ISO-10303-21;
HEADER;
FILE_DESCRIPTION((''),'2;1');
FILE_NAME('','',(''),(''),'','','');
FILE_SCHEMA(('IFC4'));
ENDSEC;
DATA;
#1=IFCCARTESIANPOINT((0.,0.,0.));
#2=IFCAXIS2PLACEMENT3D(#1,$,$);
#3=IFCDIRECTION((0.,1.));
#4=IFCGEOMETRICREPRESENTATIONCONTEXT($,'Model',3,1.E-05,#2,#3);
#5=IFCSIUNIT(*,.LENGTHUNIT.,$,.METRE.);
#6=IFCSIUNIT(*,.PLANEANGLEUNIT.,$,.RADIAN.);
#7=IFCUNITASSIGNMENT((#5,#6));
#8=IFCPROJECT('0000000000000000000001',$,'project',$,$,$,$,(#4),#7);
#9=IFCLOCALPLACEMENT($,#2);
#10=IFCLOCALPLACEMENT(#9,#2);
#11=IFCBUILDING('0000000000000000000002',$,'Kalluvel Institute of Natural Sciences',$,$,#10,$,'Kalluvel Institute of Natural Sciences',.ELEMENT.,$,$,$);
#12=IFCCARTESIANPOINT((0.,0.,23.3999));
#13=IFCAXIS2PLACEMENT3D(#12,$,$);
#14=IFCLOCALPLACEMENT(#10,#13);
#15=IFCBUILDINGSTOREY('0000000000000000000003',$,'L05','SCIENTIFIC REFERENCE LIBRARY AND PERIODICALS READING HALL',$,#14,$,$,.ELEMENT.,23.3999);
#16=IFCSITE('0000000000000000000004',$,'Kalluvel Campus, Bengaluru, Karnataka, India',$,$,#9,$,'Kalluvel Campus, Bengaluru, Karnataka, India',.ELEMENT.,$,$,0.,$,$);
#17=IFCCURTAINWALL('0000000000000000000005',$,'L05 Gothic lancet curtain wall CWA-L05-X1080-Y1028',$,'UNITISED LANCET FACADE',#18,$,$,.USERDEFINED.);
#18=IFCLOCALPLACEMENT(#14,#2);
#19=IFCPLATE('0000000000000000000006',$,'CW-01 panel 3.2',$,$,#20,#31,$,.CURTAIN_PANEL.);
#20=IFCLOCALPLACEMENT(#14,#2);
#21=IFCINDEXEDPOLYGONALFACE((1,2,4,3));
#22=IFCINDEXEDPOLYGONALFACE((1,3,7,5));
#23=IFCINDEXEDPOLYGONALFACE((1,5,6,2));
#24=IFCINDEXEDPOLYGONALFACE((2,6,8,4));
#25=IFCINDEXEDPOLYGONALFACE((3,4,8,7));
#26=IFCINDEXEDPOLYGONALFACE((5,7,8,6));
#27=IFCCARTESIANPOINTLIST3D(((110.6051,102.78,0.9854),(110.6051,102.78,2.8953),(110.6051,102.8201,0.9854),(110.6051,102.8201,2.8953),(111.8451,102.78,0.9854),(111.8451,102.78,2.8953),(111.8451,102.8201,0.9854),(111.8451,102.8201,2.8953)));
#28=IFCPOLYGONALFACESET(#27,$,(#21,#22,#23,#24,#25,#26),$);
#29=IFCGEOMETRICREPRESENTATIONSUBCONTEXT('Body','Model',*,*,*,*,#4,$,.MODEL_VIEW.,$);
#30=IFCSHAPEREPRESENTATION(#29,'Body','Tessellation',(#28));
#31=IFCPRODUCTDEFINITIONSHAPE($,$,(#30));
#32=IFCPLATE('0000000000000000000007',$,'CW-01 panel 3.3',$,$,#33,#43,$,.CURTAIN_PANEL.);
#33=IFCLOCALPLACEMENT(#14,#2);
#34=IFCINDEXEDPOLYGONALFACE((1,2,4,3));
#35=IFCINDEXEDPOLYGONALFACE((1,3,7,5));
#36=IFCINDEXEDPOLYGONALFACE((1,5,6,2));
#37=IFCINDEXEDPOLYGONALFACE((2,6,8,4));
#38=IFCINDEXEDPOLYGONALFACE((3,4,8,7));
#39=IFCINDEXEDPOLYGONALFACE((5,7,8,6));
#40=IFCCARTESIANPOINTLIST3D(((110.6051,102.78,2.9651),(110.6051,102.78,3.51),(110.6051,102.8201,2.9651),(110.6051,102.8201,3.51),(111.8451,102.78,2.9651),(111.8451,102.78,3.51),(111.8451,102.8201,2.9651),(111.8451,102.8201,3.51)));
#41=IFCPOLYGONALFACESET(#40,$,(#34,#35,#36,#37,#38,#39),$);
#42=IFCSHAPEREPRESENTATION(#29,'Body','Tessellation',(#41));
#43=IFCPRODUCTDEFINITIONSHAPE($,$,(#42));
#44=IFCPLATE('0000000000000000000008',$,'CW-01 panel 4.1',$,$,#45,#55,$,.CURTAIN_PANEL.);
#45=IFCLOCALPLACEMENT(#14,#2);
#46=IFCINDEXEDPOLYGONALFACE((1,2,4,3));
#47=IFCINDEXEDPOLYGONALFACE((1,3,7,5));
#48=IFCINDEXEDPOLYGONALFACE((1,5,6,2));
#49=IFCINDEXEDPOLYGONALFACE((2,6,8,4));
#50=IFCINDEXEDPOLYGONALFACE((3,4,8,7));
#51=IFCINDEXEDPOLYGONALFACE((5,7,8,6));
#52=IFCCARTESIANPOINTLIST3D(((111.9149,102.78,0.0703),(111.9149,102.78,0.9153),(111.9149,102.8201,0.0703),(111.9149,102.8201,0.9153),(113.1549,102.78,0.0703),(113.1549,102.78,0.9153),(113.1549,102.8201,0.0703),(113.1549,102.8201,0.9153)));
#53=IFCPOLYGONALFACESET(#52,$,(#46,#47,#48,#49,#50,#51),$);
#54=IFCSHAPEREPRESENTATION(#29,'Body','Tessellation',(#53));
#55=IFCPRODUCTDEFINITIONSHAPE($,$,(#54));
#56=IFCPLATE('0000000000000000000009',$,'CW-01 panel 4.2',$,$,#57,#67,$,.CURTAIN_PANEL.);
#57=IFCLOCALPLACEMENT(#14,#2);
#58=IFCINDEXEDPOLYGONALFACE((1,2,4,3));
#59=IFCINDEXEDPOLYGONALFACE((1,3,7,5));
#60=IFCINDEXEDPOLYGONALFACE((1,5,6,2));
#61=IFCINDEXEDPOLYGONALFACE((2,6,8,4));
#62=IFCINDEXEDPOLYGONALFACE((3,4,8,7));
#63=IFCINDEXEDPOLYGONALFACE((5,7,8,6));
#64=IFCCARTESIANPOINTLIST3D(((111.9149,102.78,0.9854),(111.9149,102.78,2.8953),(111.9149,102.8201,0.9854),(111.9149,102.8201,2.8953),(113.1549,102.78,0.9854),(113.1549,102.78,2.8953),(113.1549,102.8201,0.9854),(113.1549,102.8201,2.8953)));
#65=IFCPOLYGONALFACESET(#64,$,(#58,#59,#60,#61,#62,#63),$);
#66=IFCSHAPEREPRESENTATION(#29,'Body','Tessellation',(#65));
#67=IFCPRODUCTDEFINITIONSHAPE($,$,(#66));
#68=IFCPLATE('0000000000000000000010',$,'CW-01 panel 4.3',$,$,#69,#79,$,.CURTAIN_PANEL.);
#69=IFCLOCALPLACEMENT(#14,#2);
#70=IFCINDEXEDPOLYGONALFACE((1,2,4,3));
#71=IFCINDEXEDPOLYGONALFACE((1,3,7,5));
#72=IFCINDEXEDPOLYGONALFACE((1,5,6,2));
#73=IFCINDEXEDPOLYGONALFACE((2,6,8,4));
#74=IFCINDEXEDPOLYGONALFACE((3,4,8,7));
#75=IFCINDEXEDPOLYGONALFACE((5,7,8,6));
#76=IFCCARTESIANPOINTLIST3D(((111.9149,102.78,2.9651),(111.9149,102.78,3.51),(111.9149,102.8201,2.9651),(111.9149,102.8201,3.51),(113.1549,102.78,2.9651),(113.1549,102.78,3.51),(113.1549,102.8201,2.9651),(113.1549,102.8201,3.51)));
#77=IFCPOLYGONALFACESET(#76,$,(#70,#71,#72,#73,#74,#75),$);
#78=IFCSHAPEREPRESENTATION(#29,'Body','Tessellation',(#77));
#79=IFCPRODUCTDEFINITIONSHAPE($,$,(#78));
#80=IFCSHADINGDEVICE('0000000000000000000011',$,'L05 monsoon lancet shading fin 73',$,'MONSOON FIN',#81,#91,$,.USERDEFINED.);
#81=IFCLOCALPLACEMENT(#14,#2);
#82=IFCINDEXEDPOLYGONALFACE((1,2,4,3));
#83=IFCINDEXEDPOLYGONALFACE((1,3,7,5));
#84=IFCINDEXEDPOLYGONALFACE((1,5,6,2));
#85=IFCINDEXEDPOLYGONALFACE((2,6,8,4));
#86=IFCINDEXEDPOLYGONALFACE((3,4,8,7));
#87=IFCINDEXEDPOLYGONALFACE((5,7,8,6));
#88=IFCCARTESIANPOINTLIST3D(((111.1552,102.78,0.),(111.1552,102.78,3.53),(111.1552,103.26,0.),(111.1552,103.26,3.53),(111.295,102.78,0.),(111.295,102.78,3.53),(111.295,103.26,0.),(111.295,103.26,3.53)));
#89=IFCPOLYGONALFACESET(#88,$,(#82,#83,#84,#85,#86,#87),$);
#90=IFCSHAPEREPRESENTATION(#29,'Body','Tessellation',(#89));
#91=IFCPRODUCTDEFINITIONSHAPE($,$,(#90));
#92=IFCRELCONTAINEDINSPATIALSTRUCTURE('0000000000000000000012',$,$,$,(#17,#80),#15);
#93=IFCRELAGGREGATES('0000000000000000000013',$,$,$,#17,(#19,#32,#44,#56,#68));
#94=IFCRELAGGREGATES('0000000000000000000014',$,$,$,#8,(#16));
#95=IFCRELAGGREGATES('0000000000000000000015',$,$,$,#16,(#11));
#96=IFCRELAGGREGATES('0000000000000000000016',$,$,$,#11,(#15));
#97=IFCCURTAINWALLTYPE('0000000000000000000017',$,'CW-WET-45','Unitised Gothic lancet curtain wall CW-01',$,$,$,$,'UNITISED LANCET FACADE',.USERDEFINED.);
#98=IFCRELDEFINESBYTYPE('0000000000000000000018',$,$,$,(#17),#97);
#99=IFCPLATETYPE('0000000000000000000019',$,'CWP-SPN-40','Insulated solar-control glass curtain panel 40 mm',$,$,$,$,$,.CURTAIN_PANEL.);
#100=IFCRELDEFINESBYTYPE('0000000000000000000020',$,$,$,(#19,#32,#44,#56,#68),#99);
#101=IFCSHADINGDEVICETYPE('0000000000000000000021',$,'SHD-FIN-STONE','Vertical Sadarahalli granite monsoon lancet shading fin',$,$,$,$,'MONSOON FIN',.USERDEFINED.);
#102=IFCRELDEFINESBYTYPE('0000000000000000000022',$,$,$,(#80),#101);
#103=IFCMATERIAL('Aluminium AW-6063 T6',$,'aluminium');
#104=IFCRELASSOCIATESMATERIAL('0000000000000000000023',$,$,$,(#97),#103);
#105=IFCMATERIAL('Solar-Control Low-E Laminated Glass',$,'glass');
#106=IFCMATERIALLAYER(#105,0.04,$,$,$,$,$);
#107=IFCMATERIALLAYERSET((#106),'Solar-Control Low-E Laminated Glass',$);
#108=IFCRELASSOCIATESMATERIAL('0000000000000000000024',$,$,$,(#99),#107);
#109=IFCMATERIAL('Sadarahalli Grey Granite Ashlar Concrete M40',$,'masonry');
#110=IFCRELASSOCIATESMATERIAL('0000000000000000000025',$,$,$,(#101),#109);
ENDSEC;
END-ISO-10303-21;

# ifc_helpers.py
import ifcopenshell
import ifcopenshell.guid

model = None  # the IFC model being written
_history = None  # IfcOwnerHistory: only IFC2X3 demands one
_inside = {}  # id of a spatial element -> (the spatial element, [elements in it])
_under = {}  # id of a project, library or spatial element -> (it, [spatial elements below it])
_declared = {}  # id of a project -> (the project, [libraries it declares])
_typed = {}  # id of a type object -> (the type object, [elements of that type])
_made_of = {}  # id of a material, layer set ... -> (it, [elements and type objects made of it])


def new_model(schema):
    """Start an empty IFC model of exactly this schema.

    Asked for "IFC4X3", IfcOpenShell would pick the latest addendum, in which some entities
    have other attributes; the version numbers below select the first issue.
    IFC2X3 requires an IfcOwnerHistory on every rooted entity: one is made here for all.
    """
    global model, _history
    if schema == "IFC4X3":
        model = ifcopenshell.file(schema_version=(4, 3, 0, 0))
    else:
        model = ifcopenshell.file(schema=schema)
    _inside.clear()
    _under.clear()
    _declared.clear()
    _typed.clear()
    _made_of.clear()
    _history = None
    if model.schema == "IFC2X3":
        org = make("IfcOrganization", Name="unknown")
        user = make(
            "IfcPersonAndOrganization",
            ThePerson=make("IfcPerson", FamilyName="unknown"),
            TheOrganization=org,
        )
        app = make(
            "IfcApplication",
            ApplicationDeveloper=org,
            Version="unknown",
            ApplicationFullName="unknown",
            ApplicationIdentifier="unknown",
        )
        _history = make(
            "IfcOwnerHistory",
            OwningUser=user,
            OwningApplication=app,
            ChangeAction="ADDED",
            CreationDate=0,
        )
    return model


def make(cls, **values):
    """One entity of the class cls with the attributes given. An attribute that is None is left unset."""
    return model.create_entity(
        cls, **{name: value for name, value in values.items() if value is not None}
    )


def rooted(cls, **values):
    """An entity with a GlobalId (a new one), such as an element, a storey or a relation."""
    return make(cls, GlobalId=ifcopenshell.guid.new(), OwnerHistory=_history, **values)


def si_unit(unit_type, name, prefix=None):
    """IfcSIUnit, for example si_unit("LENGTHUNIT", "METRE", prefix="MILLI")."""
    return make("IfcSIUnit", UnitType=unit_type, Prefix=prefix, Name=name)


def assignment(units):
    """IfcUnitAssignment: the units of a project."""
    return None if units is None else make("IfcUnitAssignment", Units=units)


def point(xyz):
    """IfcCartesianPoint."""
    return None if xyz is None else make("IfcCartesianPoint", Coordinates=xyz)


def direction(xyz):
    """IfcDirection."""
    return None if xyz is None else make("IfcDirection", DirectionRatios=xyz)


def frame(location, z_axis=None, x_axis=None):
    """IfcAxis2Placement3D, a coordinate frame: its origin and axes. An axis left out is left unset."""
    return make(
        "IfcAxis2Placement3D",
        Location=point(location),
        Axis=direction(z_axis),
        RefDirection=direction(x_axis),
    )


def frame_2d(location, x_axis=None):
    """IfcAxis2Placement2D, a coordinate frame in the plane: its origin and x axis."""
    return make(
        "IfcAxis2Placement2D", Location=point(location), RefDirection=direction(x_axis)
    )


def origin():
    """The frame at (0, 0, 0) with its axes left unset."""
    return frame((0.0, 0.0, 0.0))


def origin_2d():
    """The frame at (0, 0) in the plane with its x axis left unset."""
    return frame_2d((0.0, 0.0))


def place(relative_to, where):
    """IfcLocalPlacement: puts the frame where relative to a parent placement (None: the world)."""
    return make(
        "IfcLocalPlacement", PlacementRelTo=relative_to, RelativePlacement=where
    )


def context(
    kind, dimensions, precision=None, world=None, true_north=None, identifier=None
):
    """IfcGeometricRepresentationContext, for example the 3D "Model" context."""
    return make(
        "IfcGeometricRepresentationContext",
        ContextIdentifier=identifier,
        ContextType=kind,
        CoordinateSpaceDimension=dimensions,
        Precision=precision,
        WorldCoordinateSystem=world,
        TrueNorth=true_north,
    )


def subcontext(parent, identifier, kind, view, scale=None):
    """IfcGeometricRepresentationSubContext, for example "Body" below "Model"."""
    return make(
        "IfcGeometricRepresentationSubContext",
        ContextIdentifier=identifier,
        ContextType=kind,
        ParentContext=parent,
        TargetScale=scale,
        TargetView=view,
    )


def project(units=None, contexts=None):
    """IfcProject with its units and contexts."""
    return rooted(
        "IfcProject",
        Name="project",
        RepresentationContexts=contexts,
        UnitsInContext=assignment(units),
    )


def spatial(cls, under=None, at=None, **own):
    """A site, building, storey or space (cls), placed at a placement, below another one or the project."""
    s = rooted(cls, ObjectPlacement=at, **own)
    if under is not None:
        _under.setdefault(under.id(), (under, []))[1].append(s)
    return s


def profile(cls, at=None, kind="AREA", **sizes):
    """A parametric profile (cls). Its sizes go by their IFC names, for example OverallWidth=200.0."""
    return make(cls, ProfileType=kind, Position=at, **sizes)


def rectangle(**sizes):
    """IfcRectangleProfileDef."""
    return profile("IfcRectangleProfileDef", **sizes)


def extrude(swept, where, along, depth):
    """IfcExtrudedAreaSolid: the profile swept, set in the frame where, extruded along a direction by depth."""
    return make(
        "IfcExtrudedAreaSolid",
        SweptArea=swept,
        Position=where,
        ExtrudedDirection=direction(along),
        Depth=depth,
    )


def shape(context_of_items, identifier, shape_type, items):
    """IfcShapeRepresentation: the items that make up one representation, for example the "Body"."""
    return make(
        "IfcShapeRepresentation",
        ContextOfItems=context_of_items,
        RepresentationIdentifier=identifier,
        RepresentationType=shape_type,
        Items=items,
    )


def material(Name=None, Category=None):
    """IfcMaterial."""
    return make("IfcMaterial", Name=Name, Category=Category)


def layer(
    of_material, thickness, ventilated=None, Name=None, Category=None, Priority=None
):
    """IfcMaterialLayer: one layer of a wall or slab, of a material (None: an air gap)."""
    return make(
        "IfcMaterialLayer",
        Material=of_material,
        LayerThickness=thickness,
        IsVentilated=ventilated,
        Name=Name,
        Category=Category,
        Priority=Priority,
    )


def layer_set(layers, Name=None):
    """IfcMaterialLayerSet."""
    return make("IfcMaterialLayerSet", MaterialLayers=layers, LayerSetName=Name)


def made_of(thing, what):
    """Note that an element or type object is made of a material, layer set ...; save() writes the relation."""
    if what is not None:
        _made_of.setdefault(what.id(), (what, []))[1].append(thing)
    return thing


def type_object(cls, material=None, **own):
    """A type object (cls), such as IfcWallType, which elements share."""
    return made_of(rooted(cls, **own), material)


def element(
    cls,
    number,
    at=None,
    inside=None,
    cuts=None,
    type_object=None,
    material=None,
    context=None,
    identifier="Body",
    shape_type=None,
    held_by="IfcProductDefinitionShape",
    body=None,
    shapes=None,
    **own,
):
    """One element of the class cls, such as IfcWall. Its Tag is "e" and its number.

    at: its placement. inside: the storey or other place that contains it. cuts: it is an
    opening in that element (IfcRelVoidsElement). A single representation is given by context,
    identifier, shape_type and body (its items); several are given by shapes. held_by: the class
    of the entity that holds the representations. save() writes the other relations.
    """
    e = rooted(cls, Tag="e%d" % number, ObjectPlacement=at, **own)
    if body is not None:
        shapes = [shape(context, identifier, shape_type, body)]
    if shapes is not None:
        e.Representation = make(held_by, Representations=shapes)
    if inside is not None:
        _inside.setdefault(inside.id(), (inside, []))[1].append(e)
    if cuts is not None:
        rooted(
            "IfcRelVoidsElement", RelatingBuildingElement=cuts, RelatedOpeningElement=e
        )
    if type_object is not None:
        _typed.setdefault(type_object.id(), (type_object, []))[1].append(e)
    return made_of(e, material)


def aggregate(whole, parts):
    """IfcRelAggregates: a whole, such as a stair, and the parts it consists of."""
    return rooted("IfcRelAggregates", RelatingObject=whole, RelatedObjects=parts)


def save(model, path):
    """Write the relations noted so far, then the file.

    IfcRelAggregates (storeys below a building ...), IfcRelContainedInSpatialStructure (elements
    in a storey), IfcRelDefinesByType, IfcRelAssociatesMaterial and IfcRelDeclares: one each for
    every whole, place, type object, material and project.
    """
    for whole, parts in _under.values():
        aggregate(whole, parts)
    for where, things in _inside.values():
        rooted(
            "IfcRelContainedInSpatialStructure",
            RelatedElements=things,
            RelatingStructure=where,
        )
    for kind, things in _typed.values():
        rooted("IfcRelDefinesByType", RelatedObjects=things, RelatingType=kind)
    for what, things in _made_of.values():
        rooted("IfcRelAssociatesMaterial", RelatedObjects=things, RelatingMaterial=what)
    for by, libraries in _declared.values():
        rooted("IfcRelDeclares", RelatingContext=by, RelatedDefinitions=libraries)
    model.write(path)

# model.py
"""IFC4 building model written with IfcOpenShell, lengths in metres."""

from ifc_helpers import new_model, si_unit, direction, frame, origin, origin_2d, place, context, subcontext, project, spatial, rectangle, extrude, material, layer, layer_set, type_object, element, aggregate, save


model = new_model("IFC4")

# Units and contexts
model_context = context("Model", 3, precision=1e-05, world=origin(), true_north=direction((0.0, 1.0)))
body_context = subcontext(model_context, "Body", "Model", "MODEL_VIEW")
ifc_project = project(units=[si_unit("LENGTHUNIT", "METRE"), si_unit("PLANEANGLEUNIT", "RADIAN")], contexts=[model_context])

# Site, building, storey
site_placement = place(None, origin())
site = spatial("IfcSite", under=ifc_project, at=site_placement, Name="Kalluvel Campus, Bengaluru, Karnataka, India", LongName="Kalluvel Campus, Bengaluru, Karnataka, India", CompositionType="ELEMENT", RefElevation=0.0)
building_placement = place(site_placement, origin())
building = spatial("IfcBuilding", under=site, at=building_placement, Name="Kalluvel Institute of Natural Sciences", LongName="Kalluvel Institute of Natural Sciences", CompositionType="ELEMENT")
storey_placement = place(building_placement, frame((0.0, 0.0, 23.3999)))
storey = spatial("IfcBuildingStorey", under=building, at=storey_placement, Name="L05", Description="SCIENTIFIC REFERENCE LIBRARY AND PERIODICALS READING HALL", CompositionType="ELEMENT", Elevation=23.3999)

# Curtain wall
ifc_material_1 = material(Name="Aluminium AW-6063 T6", Category="aluminium")
curtain_wall_type = type_object("IfcCurtainWallType", Name="CW-WET-45", Description="Unitised Gothic lancet curtain wall CW-01", ElementType="UNITISED LANCET FACADE", PredefinedType="USERDEFINED", material=ifc_material_1)
curtain_wall_placement = place(storey_placement, origin())
curtain_wall = element("IfcCurtainWall", 1, at=curtain_wall_placement, inside=storey, type_object=curtain_wall_type, Name="L05 Gothic lancet curtain wall CWA-L05-X1080-Y1028", ObjectType="UNITISED LANCET FACADE", PredefinedType="USERDEFINED")

# Plates
ifc_material_2 = material(Name="Solar-Control Low-E Laminated Glass", Category="glass")
ifc_layer = layer(ifc_material_2, 0.04)
ifc_layer_set = layer_set([ifc_layer], Name="Solar-Control Low-E Laminated Glass")
plate_type = type_object("IfcPlateType", Name="CWP-SPN-40", Description="Insulated solar-control glass curtain panel 40 mm", PredefinedType="CURTAIN_PANEL", material=ifc_layer_set)
plate_1_placement = place(storey_placement, frame((111.2251, 102.8, 0.9854), z_axis=(0.0, 0.0, 1.0), x_axis=(1.0, 0.0, 0.0)))
plate_1 = element("IfcPlate", 2, at=plate_1_placement, type_object=plate_type, Name="CW-01 panel 3.2", PredefinedType="CURTAIN_PANEL", context=body_context, shape_type="SweptSolid", body=[
    extrude(rectangle(XDim=1.24, YDim=0.04, at=origin_2d()), origin(), (0.0, 0.0, 1.0), 1.9099),
])
plate_2_placement = place(storey_placement, frame((111.2251, 102.8, 2.9651), z_axis=(0.0, 0.0, 1.0), x_axis=(1.0, 0.0, 0.0)))
plate_2 = element("IfcPlate", 3, at=plate_2_placement, type_object=plate_type, Name="CW-01 panel 3.3", PredefinedType="CURTAIN_PANEL", context=body_context, shape_type="SweptSolid", body=[
    extrude(rectangle(XDim=1.24, YDim=0.04, at=origin_2d()), origin(), (0.0, 0.0, 1.0), 0.5449),
])
plate_3_placement = place(storey_placement, frame((112.5349, 102.8, 0.0703), z_axis=(0.0, 0.0, 1.0), x_axis=(1.0, 0.0, 0.0)))
plate_3 = element("IfcPlate", 4, at=plate_3_placement, type_object=plate_type, Name="CW-01 panel 4.1", PredefinedType="CURTAIN_PANEL", context=body_context, shape_type="SweptSolid", body=[
    extrude(rectangle(XDim=1.24, YDim=0.04, at=origin_2d()), origin(), (0.0, 0.0, 1.0), 0.845),
])
plate_4_placement = place(storey_placement, frame((112.5349, 102.8, 0.9854), z_axis=(0.0, 0.0, 1.0), x_axis=(1.0, 0.0, 0.0)))
plate_4 = element("IfcPlate", 5, at=plate_4_placement, type_object=plate_type, Name="CW-01 panel 4.2", PredefinedType="CURTAIN_PANEL", context=body_context, shape_type="SweptSolid", body=[
    extrude(rectangle(XDim=1.24, YDim=0.04, at=origin_2d()), origin(), (0.0, 0.0, 1.0), 1.9099),
])
plate_5_placement = place(storey_placement, frame((112.5349, 102.8, 2.9651), z_axis=(0.0, 0.0, 1.0), x_axis=(1.0, 0.0, 0.0)))
plate_5 = element("IfcPlate", 6, at=plate_5_placement, type_object=plate_type, Name="CW-01 panel 4.3", PredefinedType="CURTAIN_PANEL", context=body_context, shape_type="SweptSolid", body=[
    extrude(rectangle(XDim=1.24, YDim=0.04, at=origin_2d()), origin(), (0.0, 0.0, 1.0), 0.5449),
])
aggregate(curtain_wall, [plate_1, plate_2, plate_3, plate_4, plate_5])

# Shading device
ifc_material_3 = material(Name="Sadarahalli Grey Granite Ashlar Concrete M40", Category="masonry")
shading_device_type = type_object("IfcShadingDeviceType", Name="SHD-FIN-STONE", Description="Vertical Sadarahalli granite monsoon lancet shading fin", ElementType="MONSOON FIN", PredefinedType="USERDEFINED", material=ifc_material_3)
shading_device_placement = place(storey_placement, frame((111.2251, 103.02, 0.0), z_axis=(0.0, 0.0, 1.0), x_axis=(1.0, 0.0, 0.0)))
element("IfcShadingDevice", 7, at=shading_device_placement, inside=storey, type_object=shading_device_type, Name="L05 monsoon lancet shading fin 73", ObjectType="MONSOON FIN", PredefinedType="USERDEFINED", context=body_context, shape_type="SweptSolid", body=[
    extrude(rectangle(XDim=0.1399, YDim=0.48, at=origin_2d()), origin(), (0.0, 0.0, 1.0), 3.53),
])

save(model, "model.ifc")
